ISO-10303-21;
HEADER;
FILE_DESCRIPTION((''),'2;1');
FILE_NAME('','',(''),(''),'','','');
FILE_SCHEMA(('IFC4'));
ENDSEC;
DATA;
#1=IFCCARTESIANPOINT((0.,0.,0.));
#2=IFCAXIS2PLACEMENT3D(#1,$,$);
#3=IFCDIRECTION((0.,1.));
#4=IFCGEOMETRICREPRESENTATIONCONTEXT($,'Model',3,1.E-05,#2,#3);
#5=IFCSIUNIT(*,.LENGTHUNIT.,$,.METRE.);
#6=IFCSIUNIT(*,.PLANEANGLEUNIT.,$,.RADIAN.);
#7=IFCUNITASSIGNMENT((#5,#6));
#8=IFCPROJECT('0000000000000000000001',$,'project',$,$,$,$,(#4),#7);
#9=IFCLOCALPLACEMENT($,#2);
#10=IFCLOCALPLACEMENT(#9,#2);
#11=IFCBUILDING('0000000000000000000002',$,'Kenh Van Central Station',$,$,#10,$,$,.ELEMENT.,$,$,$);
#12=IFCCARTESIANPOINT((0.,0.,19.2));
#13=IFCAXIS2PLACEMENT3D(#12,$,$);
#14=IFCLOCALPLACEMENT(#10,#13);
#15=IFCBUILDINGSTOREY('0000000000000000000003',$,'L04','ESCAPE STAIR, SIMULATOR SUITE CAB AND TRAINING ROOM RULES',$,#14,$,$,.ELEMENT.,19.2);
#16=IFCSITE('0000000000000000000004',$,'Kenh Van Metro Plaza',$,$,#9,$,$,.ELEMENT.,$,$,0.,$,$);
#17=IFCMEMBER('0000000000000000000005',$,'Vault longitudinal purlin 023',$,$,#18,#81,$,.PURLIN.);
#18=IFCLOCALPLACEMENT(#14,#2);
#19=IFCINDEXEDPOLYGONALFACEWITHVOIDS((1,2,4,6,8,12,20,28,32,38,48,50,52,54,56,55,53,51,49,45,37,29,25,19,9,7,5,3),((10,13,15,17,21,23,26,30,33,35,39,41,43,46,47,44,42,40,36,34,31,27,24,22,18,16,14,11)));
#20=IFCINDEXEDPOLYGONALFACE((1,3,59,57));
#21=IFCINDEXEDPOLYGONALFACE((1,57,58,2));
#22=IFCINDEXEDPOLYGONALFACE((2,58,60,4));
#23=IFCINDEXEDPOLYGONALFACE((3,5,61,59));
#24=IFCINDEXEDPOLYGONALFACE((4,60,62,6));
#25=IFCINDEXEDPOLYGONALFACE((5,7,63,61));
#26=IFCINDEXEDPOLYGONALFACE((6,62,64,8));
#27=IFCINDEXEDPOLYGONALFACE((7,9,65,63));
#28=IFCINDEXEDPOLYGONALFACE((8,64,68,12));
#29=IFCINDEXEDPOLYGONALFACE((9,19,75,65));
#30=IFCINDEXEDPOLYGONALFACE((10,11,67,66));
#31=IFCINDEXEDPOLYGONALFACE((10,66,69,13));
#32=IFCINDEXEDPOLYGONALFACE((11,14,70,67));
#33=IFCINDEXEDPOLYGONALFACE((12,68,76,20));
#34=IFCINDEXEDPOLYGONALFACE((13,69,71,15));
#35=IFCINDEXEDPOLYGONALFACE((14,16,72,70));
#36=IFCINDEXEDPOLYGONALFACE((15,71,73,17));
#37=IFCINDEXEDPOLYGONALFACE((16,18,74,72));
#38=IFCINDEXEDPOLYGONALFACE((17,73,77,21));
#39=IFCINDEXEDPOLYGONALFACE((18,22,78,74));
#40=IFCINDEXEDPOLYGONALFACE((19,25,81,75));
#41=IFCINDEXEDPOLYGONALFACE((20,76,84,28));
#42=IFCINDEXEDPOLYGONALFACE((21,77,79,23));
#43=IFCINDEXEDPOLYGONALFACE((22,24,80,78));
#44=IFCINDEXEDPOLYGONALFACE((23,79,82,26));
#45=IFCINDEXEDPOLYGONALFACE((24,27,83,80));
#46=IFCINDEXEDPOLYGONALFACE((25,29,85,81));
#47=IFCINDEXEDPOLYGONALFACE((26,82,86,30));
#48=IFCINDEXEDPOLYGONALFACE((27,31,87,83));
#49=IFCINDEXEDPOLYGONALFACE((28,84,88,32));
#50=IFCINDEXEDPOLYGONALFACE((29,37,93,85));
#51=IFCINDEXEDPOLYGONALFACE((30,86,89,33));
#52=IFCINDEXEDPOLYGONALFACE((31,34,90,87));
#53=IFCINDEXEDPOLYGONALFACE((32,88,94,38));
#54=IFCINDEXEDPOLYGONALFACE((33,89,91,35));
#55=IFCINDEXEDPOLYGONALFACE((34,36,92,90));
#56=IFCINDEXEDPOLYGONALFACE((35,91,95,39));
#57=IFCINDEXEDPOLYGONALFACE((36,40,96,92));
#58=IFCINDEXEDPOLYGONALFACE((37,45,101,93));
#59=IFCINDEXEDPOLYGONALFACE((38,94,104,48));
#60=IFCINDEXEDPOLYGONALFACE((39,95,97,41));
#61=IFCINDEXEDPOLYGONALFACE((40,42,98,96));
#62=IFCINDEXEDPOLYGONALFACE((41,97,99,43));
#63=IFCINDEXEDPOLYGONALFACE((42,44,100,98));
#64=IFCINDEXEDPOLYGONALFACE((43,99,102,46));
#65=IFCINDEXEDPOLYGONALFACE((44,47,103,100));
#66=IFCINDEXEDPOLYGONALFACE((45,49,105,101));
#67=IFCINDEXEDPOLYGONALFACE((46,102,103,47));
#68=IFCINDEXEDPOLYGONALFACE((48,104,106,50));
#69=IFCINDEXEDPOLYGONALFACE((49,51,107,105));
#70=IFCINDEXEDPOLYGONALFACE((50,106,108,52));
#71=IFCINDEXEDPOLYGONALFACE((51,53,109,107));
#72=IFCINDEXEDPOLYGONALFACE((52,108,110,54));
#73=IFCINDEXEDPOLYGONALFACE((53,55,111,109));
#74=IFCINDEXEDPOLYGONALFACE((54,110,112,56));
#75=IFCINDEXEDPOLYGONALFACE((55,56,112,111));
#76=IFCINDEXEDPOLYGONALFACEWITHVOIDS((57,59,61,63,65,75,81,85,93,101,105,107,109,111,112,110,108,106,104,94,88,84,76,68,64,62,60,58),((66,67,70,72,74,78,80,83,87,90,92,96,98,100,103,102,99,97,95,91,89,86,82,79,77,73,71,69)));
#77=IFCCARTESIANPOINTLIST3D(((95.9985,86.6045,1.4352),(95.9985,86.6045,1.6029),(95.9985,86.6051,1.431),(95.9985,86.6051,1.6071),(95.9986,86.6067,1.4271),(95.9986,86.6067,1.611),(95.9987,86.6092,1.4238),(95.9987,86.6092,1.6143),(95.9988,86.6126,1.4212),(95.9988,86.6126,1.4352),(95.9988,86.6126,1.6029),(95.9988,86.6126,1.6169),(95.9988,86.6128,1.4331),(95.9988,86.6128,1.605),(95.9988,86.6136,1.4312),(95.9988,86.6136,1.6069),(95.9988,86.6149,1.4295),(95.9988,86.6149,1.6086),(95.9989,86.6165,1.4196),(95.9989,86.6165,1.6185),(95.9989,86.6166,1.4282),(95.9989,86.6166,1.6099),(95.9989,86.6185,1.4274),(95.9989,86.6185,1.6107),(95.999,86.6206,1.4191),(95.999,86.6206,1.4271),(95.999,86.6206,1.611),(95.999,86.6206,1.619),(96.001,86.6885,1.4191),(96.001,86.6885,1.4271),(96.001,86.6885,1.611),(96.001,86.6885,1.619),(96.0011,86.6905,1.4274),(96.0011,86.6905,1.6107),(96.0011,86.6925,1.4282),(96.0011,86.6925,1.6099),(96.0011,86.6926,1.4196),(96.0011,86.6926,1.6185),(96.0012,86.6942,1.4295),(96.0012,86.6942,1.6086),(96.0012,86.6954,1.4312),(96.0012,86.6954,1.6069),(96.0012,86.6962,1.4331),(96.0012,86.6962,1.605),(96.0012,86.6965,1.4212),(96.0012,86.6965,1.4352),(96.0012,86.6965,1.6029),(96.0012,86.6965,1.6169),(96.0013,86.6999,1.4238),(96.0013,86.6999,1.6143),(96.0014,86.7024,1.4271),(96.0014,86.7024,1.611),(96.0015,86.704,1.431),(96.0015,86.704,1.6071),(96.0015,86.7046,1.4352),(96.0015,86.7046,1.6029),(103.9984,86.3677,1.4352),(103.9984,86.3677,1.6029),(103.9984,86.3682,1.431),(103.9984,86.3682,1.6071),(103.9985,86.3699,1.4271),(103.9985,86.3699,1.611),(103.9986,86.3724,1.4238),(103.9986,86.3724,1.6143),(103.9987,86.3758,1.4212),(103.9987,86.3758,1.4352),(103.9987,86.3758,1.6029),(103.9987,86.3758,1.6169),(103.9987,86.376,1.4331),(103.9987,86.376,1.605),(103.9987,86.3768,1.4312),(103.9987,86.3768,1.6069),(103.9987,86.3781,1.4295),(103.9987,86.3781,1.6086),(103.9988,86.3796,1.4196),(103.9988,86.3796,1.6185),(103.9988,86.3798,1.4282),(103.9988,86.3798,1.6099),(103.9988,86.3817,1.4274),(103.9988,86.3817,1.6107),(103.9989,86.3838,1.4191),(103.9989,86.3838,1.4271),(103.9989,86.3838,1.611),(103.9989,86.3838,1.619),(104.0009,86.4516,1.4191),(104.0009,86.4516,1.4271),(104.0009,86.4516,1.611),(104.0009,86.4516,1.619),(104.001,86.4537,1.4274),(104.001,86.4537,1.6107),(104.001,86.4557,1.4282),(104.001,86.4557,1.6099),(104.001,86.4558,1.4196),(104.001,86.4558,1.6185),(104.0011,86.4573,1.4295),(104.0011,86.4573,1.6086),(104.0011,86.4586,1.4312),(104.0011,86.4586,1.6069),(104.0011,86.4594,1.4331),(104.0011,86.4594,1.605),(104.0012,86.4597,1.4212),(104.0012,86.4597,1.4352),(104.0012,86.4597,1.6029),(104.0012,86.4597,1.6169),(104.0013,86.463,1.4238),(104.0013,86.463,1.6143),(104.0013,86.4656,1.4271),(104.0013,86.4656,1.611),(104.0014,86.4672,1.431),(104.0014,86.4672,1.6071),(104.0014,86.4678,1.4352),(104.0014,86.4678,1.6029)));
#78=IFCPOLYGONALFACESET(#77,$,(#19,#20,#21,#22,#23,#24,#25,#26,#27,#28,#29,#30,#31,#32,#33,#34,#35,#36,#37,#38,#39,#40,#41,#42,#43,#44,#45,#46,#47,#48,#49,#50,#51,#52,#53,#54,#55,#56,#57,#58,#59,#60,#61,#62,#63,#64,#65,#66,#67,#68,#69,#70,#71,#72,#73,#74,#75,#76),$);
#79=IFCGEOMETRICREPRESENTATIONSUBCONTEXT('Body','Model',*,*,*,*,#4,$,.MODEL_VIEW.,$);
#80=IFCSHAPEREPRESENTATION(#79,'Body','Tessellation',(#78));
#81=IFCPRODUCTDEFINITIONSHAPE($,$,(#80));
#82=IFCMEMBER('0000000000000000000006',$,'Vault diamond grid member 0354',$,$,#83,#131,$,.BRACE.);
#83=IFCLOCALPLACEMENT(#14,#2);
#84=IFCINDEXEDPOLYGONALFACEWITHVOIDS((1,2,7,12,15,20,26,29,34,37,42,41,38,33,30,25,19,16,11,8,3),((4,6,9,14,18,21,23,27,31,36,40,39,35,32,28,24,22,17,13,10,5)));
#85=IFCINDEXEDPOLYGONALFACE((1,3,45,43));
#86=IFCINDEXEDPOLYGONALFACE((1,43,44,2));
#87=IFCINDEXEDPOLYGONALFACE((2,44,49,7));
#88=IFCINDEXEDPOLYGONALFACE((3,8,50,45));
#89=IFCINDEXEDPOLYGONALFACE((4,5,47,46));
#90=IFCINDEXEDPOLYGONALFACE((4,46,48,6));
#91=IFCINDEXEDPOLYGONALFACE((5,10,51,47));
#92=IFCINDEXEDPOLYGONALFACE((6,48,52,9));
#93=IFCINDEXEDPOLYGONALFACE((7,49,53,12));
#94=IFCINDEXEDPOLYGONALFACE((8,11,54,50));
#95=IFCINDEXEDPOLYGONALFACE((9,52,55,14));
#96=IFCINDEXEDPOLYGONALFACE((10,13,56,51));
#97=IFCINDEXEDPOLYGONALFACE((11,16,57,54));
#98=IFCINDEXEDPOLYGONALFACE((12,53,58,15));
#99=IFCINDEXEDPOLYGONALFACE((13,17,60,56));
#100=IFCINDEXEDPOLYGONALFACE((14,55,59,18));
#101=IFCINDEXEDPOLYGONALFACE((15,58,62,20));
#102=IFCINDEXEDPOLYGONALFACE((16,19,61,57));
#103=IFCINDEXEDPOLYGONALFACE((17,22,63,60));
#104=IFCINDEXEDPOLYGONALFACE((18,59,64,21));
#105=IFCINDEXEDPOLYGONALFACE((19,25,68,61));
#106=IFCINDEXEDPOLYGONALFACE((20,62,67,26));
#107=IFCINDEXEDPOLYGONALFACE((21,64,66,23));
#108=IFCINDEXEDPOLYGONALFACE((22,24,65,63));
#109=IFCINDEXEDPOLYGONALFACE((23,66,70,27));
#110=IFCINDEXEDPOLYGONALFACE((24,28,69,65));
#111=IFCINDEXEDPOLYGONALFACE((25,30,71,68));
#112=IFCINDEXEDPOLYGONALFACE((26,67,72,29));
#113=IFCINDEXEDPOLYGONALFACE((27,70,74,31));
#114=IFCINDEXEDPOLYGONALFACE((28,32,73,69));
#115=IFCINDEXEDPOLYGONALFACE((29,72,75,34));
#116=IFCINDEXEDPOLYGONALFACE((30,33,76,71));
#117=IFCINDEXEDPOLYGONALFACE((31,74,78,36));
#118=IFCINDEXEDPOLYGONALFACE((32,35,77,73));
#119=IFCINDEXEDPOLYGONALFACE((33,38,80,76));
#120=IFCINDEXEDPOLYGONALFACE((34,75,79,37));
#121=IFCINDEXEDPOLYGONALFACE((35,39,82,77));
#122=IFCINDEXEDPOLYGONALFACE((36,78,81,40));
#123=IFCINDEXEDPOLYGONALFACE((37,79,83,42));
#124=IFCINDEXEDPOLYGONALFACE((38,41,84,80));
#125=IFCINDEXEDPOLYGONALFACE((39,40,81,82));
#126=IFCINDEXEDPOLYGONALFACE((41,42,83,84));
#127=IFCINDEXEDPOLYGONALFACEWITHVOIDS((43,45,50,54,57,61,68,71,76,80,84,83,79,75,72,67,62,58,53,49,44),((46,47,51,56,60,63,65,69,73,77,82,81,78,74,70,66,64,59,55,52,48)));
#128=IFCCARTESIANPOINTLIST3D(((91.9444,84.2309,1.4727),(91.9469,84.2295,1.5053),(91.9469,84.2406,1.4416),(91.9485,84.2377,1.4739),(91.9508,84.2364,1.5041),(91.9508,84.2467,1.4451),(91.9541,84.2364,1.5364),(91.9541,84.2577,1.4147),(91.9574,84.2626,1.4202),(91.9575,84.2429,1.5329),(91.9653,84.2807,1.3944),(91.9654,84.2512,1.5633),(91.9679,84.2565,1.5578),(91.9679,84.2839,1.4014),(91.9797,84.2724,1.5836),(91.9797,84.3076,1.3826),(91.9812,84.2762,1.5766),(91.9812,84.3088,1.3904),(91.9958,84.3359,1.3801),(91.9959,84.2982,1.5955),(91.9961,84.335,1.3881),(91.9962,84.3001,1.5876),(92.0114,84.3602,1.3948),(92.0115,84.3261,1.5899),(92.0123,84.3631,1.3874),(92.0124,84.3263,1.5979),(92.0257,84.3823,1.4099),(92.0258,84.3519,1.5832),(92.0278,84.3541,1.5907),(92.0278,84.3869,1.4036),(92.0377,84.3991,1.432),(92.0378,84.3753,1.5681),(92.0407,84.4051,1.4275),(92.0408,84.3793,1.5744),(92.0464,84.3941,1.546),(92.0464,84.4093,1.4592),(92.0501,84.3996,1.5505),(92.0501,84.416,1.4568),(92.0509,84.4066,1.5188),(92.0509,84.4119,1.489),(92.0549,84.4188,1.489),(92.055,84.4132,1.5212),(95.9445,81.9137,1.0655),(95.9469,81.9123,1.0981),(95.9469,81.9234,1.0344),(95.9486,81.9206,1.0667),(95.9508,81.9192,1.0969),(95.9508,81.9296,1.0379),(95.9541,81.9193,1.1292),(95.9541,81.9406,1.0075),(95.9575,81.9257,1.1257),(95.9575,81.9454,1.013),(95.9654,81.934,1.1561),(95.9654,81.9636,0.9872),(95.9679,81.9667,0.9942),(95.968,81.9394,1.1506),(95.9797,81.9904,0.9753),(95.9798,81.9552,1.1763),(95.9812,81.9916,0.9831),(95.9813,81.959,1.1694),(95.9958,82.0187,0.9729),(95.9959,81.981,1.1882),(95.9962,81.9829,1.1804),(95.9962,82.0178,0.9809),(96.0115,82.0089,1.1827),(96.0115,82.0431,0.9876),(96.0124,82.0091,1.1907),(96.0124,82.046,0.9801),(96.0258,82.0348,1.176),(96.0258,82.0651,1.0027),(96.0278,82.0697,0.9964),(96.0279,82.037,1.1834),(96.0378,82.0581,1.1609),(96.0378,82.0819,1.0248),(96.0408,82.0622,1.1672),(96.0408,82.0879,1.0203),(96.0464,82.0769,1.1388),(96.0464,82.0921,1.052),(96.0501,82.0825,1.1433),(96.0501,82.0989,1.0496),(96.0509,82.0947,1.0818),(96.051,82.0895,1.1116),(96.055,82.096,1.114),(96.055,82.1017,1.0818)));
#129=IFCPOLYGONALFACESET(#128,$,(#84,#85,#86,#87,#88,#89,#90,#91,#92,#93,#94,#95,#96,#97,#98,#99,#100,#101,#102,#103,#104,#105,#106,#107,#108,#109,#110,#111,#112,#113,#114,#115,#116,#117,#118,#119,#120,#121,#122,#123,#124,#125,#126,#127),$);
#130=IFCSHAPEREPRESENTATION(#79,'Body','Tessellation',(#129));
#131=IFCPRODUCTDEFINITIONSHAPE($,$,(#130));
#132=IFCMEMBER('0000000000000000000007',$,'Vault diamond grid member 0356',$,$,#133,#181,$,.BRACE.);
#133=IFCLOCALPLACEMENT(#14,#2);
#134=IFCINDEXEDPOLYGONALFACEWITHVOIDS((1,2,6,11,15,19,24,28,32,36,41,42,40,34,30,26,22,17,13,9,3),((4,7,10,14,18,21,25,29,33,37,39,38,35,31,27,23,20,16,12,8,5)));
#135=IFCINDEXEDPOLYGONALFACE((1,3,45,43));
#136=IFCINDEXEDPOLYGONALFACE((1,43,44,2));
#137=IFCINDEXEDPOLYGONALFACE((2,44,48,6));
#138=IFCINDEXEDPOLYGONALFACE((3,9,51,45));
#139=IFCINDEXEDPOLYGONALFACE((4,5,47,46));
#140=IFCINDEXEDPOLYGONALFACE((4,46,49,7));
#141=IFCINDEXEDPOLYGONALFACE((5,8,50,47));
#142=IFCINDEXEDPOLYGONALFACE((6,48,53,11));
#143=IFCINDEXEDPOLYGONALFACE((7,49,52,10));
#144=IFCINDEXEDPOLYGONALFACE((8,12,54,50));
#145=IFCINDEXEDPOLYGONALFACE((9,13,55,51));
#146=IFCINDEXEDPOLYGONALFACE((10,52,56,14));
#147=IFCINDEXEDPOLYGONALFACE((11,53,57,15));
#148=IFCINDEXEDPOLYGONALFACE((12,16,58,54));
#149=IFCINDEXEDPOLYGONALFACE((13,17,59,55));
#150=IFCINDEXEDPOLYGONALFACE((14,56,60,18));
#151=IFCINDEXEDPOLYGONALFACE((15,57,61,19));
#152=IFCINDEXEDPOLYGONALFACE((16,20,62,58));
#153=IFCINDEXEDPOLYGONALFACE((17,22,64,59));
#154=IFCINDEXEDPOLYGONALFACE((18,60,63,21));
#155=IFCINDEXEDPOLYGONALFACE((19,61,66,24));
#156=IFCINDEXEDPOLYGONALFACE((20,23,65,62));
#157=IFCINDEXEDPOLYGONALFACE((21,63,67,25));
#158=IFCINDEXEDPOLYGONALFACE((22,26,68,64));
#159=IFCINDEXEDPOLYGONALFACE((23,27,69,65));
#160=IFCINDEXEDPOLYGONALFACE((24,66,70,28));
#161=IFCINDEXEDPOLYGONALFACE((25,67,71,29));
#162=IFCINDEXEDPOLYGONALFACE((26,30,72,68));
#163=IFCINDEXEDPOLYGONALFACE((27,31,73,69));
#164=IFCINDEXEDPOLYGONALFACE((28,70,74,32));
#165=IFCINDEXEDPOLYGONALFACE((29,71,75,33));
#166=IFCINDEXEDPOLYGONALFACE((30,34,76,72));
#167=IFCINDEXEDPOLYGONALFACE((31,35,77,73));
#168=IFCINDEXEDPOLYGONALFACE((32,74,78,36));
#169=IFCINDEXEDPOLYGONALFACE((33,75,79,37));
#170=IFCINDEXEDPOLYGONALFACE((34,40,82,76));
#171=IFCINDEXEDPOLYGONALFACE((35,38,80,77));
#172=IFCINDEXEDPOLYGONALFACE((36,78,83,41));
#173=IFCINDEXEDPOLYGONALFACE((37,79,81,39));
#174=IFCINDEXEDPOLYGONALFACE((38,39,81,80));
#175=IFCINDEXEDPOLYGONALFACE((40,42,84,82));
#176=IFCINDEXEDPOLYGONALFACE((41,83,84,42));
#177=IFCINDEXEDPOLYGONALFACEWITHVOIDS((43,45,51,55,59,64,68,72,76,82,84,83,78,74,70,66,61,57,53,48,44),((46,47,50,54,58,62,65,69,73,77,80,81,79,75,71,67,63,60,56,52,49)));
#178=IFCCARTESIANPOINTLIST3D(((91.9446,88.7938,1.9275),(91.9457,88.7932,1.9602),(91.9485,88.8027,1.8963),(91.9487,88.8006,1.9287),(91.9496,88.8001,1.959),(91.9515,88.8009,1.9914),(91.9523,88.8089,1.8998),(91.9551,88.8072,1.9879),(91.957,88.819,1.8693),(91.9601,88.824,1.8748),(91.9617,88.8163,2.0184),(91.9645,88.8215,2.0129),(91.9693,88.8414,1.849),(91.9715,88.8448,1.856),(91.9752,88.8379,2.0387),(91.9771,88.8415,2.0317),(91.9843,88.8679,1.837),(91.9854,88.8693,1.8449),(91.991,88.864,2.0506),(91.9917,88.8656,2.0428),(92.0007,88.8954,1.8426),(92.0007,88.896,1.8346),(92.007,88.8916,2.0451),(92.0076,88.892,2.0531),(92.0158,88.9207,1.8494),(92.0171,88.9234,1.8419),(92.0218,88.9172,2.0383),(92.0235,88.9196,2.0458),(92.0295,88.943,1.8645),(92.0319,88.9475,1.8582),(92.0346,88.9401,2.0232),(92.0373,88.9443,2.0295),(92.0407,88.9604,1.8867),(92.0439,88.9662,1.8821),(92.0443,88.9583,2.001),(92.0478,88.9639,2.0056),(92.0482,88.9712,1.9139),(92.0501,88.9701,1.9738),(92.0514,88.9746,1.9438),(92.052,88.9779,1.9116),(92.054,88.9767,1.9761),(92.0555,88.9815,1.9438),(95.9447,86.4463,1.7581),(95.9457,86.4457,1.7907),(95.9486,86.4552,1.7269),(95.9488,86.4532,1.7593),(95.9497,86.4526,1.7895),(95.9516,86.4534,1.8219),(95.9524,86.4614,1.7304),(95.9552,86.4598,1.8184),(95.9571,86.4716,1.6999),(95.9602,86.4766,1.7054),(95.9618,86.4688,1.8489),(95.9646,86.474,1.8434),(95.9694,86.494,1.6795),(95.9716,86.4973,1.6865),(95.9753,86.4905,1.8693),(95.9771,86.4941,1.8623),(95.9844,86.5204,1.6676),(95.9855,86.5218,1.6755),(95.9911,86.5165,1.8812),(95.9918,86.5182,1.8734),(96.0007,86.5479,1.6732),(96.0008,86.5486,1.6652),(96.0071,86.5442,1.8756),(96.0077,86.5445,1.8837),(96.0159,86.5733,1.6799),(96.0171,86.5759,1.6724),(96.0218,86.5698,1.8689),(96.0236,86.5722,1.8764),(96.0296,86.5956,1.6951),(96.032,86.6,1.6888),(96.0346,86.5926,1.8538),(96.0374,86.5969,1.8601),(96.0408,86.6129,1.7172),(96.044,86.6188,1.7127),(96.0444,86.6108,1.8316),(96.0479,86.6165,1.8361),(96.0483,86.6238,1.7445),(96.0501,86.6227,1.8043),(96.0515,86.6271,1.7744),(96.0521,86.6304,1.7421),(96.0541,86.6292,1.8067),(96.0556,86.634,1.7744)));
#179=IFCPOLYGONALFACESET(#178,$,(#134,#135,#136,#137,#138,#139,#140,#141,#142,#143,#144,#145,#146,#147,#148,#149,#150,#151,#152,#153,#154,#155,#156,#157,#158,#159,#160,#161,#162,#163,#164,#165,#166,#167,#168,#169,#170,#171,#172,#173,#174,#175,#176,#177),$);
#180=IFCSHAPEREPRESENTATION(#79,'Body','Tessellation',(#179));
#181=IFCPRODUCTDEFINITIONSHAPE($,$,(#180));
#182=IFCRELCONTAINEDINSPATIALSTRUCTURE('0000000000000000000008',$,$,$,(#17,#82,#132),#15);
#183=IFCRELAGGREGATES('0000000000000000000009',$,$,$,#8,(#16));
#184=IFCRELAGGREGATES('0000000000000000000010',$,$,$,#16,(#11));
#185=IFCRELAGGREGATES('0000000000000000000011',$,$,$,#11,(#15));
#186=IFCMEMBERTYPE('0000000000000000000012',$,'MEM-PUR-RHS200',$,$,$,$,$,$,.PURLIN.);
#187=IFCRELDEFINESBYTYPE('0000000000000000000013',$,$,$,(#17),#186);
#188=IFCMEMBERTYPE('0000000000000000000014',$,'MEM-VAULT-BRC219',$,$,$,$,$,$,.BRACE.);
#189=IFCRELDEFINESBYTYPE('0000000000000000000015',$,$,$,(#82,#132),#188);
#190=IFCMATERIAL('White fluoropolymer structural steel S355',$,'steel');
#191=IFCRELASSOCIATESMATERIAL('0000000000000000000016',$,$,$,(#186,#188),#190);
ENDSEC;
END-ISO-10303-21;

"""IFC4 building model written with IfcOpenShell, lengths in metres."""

from ifc_helpers import new_model, si_unit, direction, frame, origin, origin_2d, place, context, subcontext, project, spatial, hollow_rectangle, hollow_circle, extrude, material, material_profile, profile_set, type_object, element, save


model = new_model("IFC4")

# Units and contexts
model_context = context("Model", 3, precision=1e-05, world=origin(), true_north=direction((0.0, 1.0)))
body_context = subcontext(model_context, "Body", "Model", "MODEL_VIEW")
ifc_project = project(units=[si_unit("LENGTHUNIT", "METRE"), si_unit("PLANEANGLEUNIT", "RADIAN")], contexts=[model_context])

# Site, building, storey
site_placement = place(None, origin())
site = spatial("IfcSite", under=ifc_project, at=site_placement, Name="Kenh Van Metro Plaza", CompositionType="ELEMENT", RefElevation=0.0)
building_placement = place(site_placement, origin())
building = spatial("IfcBuilding", under=site, at=building_placement, Name="Kenh Van Central Station", CompositionType="ELEMENT")
storey_placement = place(building_placement, frame((0.0, 0.0, 19.2)))
storey = spatial("IfcBuildingStorey", under=building, at=storey_placement, Name="L04", Description="ESCAPE STAIR, SIMULATOR SUITE CAB AND TRAINING ROOM RULES", CompositionType="ELEMENT", Elevation=19.2)

# Shared definitions
ifc_material_1 = material(Name="White fluoropolymer structural steel S355", Category="steel")

# Members
ifc_material_profile_1 = material_profile(ifc_material_1, hollow_rectangle(XDim=0.1001, YDim=0.2, WallThickness=0.0081, InnerFilletRadius=0.0081, OuterFilletRadius=0.0161, at=origin_2d()), Name="RHS 200x100x8")
ifc_profile_set_1 = profile_set([ifc_material_profile_1], Name="White fluoropolymer structural steel S355")
member_type_1 = type_object("IfcMemberType", Name="MEM-PUR-RHS200", PredefinedType="PURLIN", material=ifc_profile_set_1)
member_1_placement = place(storey_placement, frame((96.0, 86.6545, 1.519), z_axis=(0.999562, -0.029589, 0.0), x_axis=(0.029589, 0.999562, 0.0)))
element("IfcMember", 1, at=member_1_placement, inside=storey, type_object=member_type_1, Name="Vault longitudinal purlin 023", PredefinedType="PURLIN", context=body_context, shape_type="SweptSolid", body=[
    extrude(hollow_rectangle(XDim=0.1001, YDim=0.2, WallThickness=0.0081, InnerFilletRadius=0.0081, OuterFilletRadius=0.0161, at=origin_2d()), origin(), (0.0, 0.0, 1.0), 8.0034),
])
ifc_material_profile_2 = material_profile(ifc_material_1, hollow_circle(Radius=0.1096, WallThickness=0.0081, at=origin_2d()), Name="CHS 219.1x8")
ifc_profile_set_2 = profile_set([ifc_material_profile_2], Name="White fluoropolymer structural steel S355")
member_type_2 = type_object("IfcMemberType", Name="MEM-VAULT-BRC219", PredefinedType="BRACE", material=ifc_profile_set_2)
member_2_placement = place(storey_placement, frame((92.0, 84.324, 1.489), z_axis=(0.861962, -0.499321, -0.087753), x_axis=(0.501255, 0.8653, 0.0)))
element("IfcMember", 2, at=member_2_placement, inside=storey, type_object=member_type_2, Name="Vault diamond grid member 0354", PredefinedType="BRACE", context=body_context, shape_type="SweptSolid", body=[
    extrude(hollow_circle(Radius=0.1096, WallThickness=0.0081, at=origin_2d()), origin(), (0.0, 0.0, 1.0), 4.6406),
])
member_3_placement = place(storey_placement, frame((92.0, 88.887, 1.9438), z_axis=(0.86188, -0.505797, -0.036508), x_axis=(0.506134, 0.862455, 0.0)))
element("IfcMember", 3, at=member_3_placement, inside=storey, type_object=member_type_2, Name="Vault diamond grid member 0356", PredefinedType="BRACE", context=body_context, shape_type="SweptSolid", body=[
    extrude(hollow_circle(Radius=0.1096, WallThickness=0.0081, at=origin_2d()), origin(), (0.0, 0.0, 1.0), 4.6411),
])

save(model, "model.ifc")
